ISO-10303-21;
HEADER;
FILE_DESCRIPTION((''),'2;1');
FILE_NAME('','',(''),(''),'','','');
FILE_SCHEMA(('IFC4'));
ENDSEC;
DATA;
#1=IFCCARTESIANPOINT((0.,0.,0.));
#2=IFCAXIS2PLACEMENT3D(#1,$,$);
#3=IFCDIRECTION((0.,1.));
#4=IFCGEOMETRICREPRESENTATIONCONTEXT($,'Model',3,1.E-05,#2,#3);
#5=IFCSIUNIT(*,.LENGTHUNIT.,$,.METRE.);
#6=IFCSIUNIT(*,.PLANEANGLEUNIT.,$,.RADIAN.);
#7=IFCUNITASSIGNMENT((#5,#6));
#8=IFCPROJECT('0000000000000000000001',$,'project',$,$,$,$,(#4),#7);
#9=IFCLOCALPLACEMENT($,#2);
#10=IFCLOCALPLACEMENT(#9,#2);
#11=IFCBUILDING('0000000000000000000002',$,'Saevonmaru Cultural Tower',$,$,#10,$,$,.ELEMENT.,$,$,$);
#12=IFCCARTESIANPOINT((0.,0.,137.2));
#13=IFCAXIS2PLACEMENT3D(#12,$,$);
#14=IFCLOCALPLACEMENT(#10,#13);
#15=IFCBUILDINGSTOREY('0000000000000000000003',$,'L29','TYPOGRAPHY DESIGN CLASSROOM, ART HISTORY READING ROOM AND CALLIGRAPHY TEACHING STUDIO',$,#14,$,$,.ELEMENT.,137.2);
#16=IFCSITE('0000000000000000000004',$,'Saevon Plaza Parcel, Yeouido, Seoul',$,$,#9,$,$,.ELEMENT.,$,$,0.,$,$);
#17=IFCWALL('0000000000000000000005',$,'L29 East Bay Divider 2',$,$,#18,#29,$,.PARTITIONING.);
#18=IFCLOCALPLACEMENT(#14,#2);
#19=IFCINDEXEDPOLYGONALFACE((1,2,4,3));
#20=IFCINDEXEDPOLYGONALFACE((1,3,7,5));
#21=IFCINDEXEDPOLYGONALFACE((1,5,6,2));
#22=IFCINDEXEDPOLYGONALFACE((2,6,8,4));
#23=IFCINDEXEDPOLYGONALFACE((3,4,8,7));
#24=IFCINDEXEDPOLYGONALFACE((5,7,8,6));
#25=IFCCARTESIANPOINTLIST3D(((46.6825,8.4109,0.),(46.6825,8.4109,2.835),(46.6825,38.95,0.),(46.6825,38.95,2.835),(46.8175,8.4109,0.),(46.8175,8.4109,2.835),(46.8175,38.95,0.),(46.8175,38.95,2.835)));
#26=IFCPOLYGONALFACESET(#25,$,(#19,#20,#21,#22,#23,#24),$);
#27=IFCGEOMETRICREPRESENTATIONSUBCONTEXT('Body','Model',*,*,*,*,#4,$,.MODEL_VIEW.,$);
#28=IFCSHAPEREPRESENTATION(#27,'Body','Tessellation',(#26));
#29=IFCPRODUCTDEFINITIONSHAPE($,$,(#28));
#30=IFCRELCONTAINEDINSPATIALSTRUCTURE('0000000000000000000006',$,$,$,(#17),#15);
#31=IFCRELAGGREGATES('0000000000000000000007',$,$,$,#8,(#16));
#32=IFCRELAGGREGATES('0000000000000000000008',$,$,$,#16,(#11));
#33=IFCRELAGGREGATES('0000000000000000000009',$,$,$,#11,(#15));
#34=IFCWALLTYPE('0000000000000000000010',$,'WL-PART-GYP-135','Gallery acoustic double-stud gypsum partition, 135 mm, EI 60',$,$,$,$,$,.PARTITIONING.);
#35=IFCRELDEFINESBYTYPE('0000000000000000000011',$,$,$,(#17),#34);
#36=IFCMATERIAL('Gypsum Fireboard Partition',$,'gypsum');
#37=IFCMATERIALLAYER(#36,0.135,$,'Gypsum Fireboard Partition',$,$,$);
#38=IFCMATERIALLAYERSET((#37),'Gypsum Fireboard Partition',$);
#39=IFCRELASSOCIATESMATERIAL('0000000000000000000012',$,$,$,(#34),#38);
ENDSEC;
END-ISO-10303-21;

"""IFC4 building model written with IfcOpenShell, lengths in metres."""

from ifc_helpers import new_model, si_unit, direction, frame, frame_2d, origin, place, context, subcontext, project, spatial, rectangle, extrude, material, layer, layer_set, type_object, element, save


model = new_model("IFC4")

# Units and contexts
model_context = context("Model", 3, precision=1e-05, world=origin(), true_north=direction((0.0, 1.0)))
body_context = subcontext(model_context, "Body", "Model", "MODEL_VIEW")
ifc_project = project(units=[si_unit("LENGTHUNIT", "METRE"), si_unit("PLANEANGLEUNIT", "RADIAN")], contexts=[model_context])

# Site, building, storey
site_placement = place(None, origin())
site = spatial("IfcSite", under=ifc_project, at=site_placement, Name="Saevon Plaza Parcel, Yeouido, Seoul", CompositionType="ELEMENT", RefElevation=0.0)
building_placement = place(site_placement, origin())
building = spatial("IfcBuilding", under=site, at=building_placement, Name="Saevonmaru Cultural Tower", CompositionType="ELEMENT")
storey_placement = place(building_placement, frame((0.0, 0.0, 137.2)))
storey = spatial("IfcBuildingStorey", under=building, at=storey_placement, Name="L29", Description="TYPOGRAPHY DESIGN CLASSROOM, ART HISTORY READING ROOM AND CALLIGRAPHY TEACHING STUDIO", CompositionType="ELEMENT", Elevation=137.2)

# Wall
ifc_material_1 = material(Name="Gypsum Fireboard Partition", Category="gypsum")
ifc_layer_1 = layer(ifc_material_1, 0.135, Name="Gypsum Fireboard Partition")
ifc_layer_set_1 = layer_set([ifc_layer_1], Name="Gypsum Fireboard Partition")
wall_type_1 = type_object("IfcWallType", Name="WL-PART-GYP-135", Description="Gallery acoustic double-stud gypsum partition, 135 mm, EI 60", PredefinedType="PARTITIONING", material=ifc_layer_set_1)
wall_1_placement = place(storey_placement, frame((46.75, 8.4109, 0.0), z_axis=(0.0, 0.0, 1.0), x_axis=(0.0, 1.0, 0.0)))
element("IfcWall", 1, at=wall_1_placement, inside=storey, type_object=wall_type_1, Name="L29 East Bay Divider 2", PredefinedType="PARTITIONING", context=body_context, shape_type="SweptSolid", body=[
    extrude(rectangle(XDim=30.5391, YDim=0.135, at=frame_2d((15.2695, 0.0))), origin(), (0.0, 0.0, 1.0), 2.835),
])

save(model, "model.ifc")
